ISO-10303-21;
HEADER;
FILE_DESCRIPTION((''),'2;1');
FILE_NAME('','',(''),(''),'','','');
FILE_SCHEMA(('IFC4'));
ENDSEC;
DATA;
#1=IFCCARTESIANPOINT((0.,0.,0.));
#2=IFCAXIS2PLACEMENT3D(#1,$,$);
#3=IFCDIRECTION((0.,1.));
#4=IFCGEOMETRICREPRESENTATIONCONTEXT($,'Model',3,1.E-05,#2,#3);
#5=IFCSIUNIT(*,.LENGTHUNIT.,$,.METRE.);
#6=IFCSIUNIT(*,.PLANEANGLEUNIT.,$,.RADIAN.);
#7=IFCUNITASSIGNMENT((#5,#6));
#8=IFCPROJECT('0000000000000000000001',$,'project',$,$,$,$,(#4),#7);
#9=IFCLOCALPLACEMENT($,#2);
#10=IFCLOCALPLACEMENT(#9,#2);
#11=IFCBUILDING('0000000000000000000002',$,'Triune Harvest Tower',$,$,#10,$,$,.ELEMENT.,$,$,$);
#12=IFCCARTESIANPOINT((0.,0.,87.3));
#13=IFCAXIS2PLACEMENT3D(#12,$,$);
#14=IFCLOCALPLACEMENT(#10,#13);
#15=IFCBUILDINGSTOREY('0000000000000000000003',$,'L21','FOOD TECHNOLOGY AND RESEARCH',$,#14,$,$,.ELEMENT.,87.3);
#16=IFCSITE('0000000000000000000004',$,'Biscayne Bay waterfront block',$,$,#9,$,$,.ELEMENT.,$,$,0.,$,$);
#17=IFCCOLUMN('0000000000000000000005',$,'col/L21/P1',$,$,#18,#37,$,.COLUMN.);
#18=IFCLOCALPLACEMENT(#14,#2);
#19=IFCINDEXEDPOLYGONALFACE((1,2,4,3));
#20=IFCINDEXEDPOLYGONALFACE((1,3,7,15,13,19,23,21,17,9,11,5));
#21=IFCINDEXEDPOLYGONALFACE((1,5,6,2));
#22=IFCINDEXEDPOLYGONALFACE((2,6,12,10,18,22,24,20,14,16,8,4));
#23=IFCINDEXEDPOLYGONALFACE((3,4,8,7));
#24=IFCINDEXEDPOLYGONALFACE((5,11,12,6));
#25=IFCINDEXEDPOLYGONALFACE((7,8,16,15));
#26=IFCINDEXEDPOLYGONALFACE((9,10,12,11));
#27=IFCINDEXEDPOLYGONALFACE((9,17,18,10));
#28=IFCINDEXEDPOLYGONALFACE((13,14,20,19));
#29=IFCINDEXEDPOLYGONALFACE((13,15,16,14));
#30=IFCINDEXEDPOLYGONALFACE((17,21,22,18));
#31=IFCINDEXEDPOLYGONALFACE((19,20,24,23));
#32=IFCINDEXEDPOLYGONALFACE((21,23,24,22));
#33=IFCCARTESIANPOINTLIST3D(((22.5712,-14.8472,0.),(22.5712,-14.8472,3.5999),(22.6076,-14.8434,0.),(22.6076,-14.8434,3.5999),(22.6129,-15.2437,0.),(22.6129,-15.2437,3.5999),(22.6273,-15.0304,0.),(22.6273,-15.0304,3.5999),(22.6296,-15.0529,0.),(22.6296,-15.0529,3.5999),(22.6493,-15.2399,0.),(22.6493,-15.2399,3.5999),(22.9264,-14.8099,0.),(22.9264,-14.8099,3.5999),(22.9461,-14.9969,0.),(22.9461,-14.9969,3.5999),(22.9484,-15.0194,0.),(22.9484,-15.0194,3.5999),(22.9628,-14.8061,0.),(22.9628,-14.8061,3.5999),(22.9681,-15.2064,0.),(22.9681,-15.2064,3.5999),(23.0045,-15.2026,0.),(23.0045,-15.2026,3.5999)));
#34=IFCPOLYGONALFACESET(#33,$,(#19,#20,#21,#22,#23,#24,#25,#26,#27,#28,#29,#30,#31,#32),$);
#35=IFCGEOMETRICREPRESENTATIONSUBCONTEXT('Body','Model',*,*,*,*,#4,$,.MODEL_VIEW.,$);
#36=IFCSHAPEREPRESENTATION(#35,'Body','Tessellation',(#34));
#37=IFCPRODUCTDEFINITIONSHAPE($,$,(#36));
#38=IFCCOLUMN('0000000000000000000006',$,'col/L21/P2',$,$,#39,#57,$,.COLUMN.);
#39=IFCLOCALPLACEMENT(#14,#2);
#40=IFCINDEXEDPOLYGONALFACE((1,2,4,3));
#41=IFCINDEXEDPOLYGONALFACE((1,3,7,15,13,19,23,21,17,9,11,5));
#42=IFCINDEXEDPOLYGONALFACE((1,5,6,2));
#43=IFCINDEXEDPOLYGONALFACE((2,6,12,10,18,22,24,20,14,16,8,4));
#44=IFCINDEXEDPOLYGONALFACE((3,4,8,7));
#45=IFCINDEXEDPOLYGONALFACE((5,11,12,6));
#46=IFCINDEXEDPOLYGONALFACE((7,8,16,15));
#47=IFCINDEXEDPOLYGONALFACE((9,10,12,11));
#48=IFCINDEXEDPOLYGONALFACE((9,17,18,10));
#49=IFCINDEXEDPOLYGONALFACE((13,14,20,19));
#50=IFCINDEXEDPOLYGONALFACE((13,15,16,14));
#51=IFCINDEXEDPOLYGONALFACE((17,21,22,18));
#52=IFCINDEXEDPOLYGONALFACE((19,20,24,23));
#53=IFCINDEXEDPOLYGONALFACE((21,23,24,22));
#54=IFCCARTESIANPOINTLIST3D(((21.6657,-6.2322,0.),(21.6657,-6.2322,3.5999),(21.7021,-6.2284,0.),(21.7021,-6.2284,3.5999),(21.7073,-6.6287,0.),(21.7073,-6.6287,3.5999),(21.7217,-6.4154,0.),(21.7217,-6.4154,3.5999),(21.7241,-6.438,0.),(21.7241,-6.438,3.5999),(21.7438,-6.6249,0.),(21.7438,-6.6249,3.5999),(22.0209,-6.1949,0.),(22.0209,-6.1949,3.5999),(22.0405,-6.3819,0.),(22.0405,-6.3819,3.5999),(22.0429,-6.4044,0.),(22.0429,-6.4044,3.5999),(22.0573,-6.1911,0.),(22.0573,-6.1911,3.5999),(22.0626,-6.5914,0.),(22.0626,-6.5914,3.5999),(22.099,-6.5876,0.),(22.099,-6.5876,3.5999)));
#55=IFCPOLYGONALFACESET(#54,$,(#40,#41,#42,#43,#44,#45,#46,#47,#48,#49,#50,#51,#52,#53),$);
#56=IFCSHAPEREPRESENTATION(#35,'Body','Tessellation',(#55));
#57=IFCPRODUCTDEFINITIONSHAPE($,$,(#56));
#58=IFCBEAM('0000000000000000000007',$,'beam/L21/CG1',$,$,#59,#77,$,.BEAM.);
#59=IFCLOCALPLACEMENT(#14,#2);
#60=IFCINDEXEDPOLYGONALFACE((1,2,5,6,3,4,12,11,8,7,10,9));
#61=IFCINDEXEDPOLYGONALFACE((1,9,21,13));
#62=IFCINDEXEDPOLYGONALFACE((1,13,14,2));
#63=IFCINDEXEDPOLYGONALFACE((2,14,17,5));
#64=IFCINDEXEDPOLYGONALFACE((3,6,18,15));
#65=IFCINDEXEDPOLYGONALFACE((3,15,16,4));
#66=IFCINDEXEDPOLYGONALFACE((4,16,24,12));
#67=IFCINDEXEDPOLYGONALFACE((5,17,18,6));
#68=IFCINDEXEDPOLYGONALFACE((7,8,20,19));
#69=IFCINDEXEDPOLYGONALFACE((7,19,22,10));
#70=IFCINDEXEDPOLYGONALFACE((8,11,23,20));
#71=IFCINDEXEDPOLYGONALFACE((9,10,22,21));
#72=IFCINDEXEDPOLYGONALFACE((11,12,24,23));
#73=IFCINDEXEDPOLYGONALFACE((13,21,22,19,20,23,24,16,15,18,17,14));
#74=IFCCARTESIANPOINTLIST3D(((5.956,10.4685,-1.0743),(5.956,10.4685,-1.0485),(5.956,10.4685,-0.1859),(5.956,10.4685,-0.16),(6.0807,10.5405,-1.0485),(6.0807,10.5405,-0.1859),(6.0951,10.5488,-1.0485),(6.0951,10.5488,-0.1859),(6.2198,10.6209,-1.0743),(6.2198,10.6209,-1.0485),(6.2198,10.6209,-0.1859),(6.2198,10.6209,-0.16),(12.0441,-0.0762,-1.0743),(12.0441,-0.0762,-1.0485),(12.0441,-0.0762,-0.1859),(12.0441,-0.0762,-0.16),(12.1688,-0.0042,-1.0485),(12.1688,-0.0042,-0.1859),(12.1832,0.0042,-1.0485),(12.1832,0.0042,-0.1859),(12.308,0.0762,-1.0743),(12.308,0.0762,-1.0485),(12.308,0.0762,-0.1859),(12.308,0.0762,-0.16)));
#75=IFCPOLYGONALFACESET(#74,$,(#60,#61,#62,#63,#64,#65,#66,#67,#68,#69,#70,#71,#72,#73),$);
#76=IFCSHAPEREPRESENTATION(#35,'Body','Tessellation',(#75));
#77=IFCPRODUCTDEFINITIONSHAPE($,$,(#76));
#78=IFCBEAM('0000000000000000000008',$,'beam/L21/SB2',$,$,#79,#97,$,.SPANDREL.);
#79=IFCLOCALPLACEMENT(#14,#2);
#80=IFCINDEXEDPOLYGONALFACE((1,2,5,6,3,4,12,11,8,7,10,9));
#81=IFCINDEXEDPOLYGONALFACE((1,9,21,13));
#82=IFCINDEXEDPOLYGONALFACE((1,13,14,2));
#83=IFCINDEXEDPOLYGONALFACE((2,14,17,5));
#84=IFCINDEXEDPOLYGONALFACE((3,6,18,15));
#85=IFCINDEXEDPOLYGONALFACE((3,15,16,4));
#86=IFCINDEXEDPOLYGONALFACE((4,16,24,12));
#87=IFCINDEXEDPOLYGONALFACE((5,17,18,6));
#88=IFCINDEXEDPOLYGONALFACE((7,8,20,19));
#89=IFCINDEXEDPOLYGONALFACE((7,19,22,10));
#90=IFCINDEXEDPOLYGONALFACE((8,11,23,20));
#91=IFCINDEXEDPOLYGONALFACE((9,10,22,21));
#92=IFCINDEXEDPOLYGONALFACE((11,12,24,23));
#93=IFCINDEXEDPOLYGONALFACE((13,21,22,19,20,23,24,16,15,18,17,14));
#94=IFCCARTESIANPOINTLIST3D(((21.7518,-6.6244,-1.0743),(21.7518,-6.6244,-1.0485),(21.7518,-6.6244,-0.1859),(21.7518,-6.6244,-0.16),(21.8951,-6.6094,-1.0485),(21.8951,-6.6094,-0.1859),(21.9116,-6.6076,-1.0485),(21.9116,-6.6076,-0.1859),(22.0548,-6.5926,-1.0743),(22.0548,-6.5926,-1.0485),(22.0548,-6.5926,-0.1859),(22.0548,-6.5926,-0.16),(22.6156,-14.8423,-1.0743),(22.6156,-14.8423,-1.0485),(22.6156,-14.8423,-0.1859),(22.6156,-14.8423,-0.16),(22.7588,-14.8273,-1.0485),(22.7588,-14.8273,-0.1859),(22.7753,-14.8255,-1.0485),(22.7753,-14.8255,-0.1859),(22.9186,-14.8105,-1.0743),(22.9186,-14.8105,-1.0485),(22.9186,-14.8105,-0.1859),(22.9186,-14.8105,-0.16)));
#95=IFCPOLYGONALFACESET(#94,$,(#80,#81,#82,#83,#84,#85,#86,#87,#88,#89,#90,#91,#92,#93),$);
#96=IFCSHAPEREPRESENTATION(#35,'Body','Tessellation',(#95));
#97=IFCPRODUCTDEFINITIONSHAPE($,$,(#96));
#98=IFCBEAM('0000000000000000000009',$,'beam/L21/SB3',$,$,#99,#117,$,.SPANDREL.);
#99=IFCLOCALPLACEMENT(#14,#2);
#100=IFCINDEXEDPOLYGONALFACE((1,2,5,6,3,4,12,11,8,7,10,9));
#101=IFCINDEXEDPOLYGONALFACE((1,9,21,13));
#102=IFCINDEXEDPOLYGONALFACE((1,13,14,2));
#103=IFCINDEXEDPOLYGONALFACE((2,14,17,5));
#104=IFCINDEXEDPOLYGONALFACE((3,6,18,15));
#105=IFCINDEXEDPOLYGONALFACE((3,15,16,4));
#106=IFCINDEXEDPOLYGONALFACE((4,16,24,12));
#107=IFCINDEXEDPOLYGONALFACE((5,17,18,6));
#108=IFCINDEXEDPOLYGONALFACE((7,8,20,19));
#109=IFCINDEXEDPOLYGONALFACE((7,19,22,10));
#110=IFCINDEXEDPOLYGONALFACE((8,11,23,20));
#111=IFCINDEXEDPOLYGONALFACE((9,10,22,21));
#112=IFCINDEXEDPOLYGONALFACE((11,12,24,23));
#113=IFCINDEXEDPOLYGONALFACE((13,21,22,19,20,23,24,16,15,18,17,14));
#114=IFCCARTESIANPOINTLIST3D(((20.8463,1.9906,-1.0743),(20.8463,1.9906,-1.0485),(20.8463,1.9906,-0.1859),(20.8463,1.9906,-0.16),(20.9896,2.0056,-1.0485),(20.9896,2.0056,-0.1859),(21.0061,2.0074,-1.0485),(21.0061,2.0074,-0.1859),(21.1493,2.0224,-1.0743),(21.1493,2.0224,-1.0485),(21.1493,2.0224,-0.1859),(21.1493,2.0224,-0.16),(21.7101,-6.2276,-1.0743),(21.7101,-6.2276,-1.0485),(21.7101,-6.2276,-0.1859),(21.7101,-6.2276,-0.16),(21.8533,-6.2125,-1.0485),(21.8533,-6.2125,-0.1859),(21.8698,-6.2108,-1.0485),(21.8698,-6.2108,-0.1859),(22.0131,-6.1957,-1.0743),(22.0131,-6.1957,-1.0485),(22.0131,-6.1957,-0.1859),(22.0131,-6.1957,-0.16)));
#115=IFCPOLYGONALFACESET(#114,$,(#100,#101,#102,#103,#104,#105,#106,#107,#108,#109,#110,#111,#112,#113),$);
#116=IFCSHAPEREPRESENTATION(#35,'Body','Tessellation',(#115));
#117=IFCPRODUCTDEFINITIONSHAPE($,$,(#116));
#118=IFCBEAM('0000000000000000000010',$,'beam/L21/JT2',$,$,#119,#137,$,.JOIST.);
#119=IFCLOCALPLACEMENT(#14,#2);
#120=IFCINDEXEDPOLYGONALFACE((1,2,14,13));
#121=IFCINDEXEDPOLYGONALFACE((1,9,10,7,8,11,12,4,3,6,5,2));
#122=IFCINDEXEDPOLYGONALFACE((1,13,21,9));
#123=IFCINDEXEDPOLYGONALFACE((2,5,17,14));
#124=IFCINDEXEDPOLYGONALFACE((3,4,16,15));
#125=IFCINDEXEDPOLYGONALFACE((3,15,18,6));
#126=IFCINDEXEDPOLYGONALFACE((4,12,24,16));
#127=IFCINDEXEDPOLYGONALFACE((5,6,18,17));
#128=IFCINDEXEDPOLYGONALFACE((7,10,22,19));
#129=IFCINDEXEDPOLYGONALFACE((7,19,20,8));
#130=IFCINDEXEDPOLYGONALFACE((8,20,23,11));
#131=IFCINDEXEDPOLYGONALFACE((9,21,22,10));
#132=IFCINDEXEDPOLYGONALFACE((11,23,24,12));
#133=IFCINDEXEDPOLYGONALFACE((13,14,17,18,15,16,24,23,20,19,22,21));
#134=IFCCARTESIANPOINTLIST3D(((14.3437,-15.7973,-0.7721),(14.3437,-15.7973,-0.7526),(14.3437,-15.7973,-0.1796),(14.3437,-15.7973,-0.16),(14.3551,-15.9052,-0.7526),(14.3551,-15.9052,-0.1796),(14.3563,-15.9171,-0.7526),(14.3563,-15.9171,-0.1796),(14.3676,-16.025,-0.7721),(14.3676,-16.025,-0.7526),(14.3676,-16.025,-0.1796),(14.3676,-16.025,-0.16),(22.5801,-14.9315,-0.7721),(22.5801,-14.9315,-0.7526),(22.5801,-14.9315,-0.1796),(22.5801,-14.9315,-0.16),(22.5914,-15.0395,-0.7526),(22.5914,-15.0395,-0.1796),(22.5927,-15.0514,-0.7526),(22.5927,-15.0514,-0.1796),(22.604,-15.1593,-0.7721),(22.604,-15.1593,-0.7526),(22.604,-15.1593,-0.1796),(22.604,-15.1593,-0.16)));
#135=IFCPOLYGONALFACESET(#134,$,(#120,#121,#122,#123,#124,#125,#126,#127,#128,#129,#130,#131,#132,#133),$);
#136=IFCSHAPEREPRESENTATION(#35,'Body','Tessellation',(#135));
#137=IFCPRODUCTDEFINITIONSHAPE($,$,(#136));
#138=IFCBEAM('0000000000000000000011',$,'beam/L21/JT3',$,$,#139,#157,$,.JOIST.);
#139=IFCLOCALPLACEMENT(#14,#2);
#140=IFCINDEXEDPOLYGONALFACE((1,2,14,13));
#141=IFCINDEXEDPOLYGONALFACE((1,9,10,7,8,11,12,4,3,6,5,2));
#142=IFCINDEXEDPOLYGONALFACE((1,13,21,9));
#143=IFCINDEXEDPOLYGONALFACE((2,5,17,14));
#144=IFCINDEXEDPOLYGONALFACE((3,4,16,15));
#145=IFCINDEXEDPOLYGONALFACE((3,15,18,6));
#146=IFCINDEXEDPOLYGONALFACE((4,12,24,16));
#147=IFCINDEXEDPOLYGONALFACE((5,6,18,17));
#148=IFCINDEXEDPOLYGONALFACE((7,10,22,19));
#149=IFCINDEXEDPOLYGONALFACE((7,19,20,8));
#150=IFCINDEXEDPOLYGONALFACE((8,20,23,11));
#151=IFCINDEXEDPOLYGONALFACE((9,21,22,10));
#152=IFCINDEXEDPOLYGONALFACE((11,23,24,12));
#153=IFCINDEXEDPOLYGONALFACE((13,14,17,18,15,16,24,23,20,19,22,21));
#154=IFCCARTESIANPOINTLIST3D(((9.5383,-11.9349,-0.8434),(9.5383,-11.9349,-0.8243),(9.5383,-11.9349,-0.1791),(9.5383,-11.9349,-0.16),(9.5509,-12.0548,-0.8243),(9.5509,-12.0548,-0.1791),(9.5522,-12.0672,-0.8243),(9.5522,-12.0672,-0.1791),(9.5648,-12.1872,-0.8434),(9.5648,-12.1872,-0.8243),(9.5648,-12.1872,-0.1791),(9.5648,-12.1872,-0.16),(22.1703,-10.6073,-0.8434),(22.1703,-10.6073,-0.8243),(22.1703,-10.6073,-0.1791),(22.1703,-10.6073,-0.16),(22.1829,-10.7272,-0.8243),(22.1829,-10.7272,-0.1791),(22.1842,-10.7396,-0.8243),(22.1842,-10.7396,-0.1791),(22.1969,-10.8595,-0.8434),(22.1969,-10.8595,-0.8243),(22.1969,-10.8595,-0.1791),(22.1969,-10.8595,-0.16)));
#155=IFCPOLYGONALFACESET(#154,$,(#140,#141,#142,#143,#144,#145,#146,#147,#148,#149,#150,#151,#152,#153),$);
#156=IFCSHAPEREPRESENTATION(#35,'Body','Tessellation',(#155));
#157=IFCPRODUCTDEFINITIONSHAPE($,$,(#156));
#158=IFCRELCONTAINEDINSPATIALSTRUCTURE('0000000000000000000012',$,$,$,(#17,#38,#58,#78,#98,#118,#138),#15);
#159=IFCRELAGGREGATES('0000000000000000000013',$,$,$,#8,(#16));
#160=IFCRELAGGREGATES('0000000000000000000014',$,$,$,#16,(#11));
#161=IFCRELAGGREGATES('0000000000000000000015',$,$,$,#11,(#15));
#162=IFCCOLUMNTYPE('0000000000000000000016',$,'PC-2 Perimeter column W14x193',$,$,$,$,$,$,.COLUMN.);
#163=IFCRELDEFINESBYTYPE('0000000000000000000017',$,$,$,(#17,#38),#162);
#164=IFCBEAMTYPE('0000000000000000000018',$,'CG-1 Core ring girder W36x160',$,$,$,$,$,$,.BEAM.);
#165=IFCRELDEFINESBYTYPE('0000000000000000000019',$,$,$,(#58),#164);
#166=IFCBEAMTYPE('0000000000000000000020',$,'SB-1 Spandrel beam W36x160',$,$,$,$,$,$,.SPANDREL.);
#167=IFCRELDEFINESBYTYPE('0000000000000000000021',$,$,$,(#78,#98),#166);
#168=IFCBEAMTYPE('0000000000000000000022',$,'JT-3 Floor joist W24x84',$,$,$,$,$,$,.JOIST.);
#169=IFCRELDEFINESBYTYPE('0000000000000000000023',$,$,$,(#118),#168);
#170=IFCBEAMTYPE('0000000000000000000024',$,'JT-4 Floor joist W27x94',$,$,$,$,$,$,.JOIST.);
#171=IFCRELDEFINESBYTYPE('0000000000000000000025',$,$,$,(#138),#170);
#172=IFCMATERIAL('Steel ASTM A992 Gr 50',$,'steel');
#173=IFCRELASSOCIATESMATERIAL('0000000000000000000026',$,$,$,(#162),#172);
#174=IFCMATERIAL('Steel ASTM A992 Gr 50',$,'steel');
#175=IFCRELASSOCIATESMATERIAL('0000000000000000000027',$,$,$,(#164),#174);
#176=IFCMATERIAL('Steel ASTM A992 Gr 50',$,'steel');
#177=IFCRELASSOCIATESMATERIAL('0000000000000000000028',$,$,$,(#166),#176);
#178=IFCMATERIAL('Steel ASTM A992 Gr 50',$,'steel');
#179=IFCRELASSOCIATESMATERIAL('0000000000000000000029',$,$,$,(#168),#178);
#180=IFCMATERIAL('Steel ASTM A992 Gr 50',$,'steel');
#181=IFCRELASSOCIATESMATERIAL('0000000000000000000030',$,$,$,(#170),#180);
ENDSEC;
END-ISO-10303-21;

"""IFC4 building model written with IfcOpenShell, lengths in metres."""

from ifc_helpers import new_model, si_unit, direction, frame, origin, origin_2d, place, context, subcontext, project, spatial, i_section, extrude, source, transform, mapped, material, material_profile, profile_set, type_object, element, save


model = new_model("IFC4")

# Units and contexts
model_context = context("Model", 3, precision=1e-05, world=origin(), true_north=direction((0.0, 1.0)))
body_context = subcontext(model_context, "Body", "Model", "MODEL_VIEW")
ifc_project = project(units=[si_unit("LENGTHUNIT", "METRE"), si_unit("PLANEANGLEUNIT", "RADIAN")], contexts=[model_context])

# Site, building, storey
site_placement = place(None, origin())
site = spatial("IfcSite", under=ifc_project, at=site_placement, Name="Biscayne Bay waterfront block", CompositionType="ELEMENT", RefElevation=0.0)
building_placement = place(site_placement, origin())
building = spatial("IfcBuilding", under=site, at=building_placement, Name="Triune Harvest Tower", CompositionType="ELEMENT")
storey_placement = place(building_placement, frame((0.0, 0.0, 87.3)))
storey = spatial("IfcBuildingStorey", under=building, at=storey_placement, Name="L21", Description="FOOD TECHNOLOGY AND RESEARCH", CompositionType="ELEMENT", Elevation=87.3)

# Columns
ifc_material_1 = material(Name="Steel ASTM A992 Gr 50", Category="steel")
ifc_material_profile_1 = material_profile(ifc_material_1, i_section(OverallWidth=0.3987, OverallDepth=0.3938, WebThickness=0.0227, FlangeThickness=0.0366, at=origin_2d()), Name="W14x193")
ifc_profile_set_1 = profile_set([ifc_material_profile_1], Name="Steel ASTM A992 Gr 50")
column_type = type_object("IfcColumnType", Name="PC-2 Perimeter column W14x193", PredefinedType="COLUMN", material=ifc_profile_set_1)
shared_shape_1 = source(origin(), body_context, "Body", "SweptSolid", [
    extrude(i_section(OverallWidth=0.3987, OverallDepth=0.3938, WebThickness=0.0227, FlangeThickness=0.0366, at=origin_2d()), origin(), (0.0, 0.0, 1.0), 3.5999),
])
for number, where, z_axis, x_axis, name in (
    (1, (22.7878, -15.0249, 0.0), (0.0, 0.0, 1.0), (-0.104527, 0.994522, 0.0), "col/L21/P1"),
    (2, (21.8823, -6.4099, 0.0), (0.0, 0.0, 1.0), (-0.104527, 0.994522, 0.0), "col/L21/P2"),
):
    element("IfcColumn", number, at=place(storey_placement, frame(where, z_axis=z_axis, x_axis=x_axis)), inside=storey, type_object=column_type, Name=name, PredefinedType="COLUMN", context=body_context, shape_type="MappedRepresentation", body=[
        mapped(shared_shape_1, transform((0.0, 0.0, 0.0), scale=1.0)),
    ])

# Beams
ifc_material_2 = material(Name="Steel ASTM A992 Gr 50", Category="steel")
ifc_material_profile_2 = material_profile(ifc_material_2, i_section(OverallWidth=0.3047, OverallDepth=0.9143, WebThickness=0.0166, FlangeThickness=0.0259, at=origin_2d()), Name="W36x160")
ifc_profile_set_2 = profile_set([ifc_material_profile_2], Name="Steel ASTM A992 Gr 50")
beam_type_1 = type_object("IfcBeamType", Name="CG-1 Core ring girder W36x160", PredefinedType="BEAM", material=ifc_profile_set_2)
shared_shape_2 = source(origin(), body_context, "Body", "SweptSolid", [
    extrude(i_section(OverallWidth=0.3047, OverallDepth=0.9143, WebThickness=0.0166, FlangeThickness=0.0259, at=origin_2d()), origin(), (0.0, 0.0, 1.0), 12.176),
])
beam_1_placement = place(storey_placement, frame((12.176, 0.0, -0.6172), z_axis=(-0.50001, 0.86602, 0.0), x_axis=(-0.86602, -0.50001, 0.0)))
element("IfcBeam", 3, at=beam_1_placement, inside=storey, type_object=beam_type_1, Name="beam/L21/CG1", PredefinedType="BEAM", context=body_context, shape_type="MappedRepresentation", body=[
    mapped(shared_shape_2, transform((0.0, 0.0, 0.0), scale=1.0)),
])
ifc_material_3 = material(Name="Steel ASTM A992 Gr 50", Category="steel")
ifc_material_profile_3 = material_profile(ifc_material_3, i_section(OverallWidth=0.3047, OverallDepth=0.9143, WebThickness=0.0166, FlangeThickness=0.0259, at=origin_2d()), Name="W36x160")
ifc_profile_set_3 = profile_set([ifc_material_profile_3], Name="Steel ASTM A992 Gr 50")
beam_type_2 = type_object("IfcBeamType", Name="SB-1 Spandrel beam W36x160", PredefinedType="SPANDREL", material=ifc_profile_set_3)
shared_shape_3 = source(origin(), body_context, "Body", "SweptSolid", [
    extrude(i_section(OverallWidth=0.3047, OverallDepth=0.9143, WebThickness=0.0166, FlangeThickness=0.0259, at=origin_2d()), origin(), (0.0, 0.0, 1.0), 8.2632),
])
beam_2_placement = place(storey_placement, frame((22.7671, -14.8264, -0.6172), z_axis=(-0.104531, 0.994522, 0.0), x_axis=(-0.994522, -0.104531, 0.0)))
element("IfcBeam", 4, at=beam_2_placement, inside=storey, type_object=beam_type_2, Name="beam/L21/SB2", PredefinedType="SPANDREL", context=body_context, shape_type="MappedRepresentation", body=[
    mapped(shared_shape_3, transform((0.0, 0.0, 0.0), scale=1.0)),
])
shared_shape_4 = source(origin(), body_context, "Body", "SweptSolid", [
    extrude(i_section(OverallWidth=0.3047, OverallDepth=0.9143, WebThickness=0.0166, FlangeThickness=0.0259, at=origin_2d()), origin(), (0.0, 0.0, 1.0), 8.2634),
])
beam_3_placement = place(storey_placement, frame((21.8616, -6.2117, -0.6172), z_axis=(-0.104528, 0.994522, 0.0), x_axis=(-0.994522, -0.104528, 0.0)))
element("IfcBeam", 5, at=beam_3_placement, inside=storey, type_object=beam_type_2, Name="beam/L21/SB3", PredefinedType="SPANDREL", context=body_context, shape_type="MappedRepresentation", body=[
    mapped(shared_shape_4, transform((0.0, 0.0, 0.0), scale=1.0)),
])
ifc_material_4 = material(Name="Steel ASTM A992 Gr 50", Category="steel")
ifc_material_profile_4 = material_profile(ifc_material_4, i_section(OverallWidth=0.229, OverallDepth=0.6121, WebThickness=0.012, FlangeThickness=0.0195, at=origin_2d()), Name="W24x84")
ifc_profile_set_4 = profile_set([ifc_material_profile_4], Name="Steel ASTM A992 Gr 50")
beam_type_3 = type_object("IfcBeamType", Name="JT-3 Floor joist W24x84", PredefinedType="JOIST", material=ifc_profile_set_4)
shared_shape_5 = source(origin(), body_context, "Body", "SweptSolid", [
    extrude(i_section(OverallWidth=0.229, OverallDepth=0.6121, WebThickness=0.012, FlangeThickness=0.0195, at=origin_2d()), origin(), (0.0, 0.0, 1.0), 8.2817),
])
beam_4_placement = place(storey_placement, frame((22.592, -15.0454, -0.4661), z_axis=(-0.994521, -0.104534, 0.0), x_axis=(0.104534, -0.994521, 0.0)))
element("IfcBeam", 6, at=beam_4_placement, inside=storey, type_object=beam_type_3, Name="beam/L21/JT2", PredefinedType="JOIST", context=body_context, shape_type="MappedRepresentation", body=[
    mapped(shared_shape_5, transform((0.0, 0.0, 0.0), scale=1.0)),
])
ifc_material_5 = material(Name="Steel ASTM A992 Gr 50", Category="steel")
ifc_material_profile_5 = material_profile(ifc_material_5, i_section(OverallWidth=0.2537, OverallDepth=0.6833, WebThickness=0.0125, FlangeThickness=0.019, at=origin_2d()), Name="W27x94")
ifc_profile_set_5 = profile_set([ifc_material_profile_5], Name="Steel ASTM A992 Gr 50")
beam_type_4 = type_object("IfcBeamType", Name="JT-4 Floor joist W27x94", PredefinedType="JOIST", material=ifc_profile_set_5)
shared_shape_6 = source(origin(), body_context, "Body", "SweptSolid", [
    extrude(i_section(OverallWidth=0.2537, OverallDepth=0.6833, WebThickness=0.0125, FlangeThickness=0.019, at=origin_2d()), origin(), (0.0, 0.0, 1.0), 12.7017),
])
beam_5_placement = place(storey_placement, frame((22.1836, -10.7334, -0.5017), z_axis=(-0.994522, -0.104525, 0.0), x_axis=(0.104525, -0.994522, 0.0)))
element("IfcBeam", 7, at=beam_5_placement, inside=storey, type_object=beam_type_4, Name="beam/L21/JT3", PredefinedType="JOIST", context=body_context, shape_type="MappedRepresentation", body=[
    mapped(shared_shape_6, transform((0.0, 0.0, 0.0), scale=1.0)),
])

save(model, "model.ifc")
